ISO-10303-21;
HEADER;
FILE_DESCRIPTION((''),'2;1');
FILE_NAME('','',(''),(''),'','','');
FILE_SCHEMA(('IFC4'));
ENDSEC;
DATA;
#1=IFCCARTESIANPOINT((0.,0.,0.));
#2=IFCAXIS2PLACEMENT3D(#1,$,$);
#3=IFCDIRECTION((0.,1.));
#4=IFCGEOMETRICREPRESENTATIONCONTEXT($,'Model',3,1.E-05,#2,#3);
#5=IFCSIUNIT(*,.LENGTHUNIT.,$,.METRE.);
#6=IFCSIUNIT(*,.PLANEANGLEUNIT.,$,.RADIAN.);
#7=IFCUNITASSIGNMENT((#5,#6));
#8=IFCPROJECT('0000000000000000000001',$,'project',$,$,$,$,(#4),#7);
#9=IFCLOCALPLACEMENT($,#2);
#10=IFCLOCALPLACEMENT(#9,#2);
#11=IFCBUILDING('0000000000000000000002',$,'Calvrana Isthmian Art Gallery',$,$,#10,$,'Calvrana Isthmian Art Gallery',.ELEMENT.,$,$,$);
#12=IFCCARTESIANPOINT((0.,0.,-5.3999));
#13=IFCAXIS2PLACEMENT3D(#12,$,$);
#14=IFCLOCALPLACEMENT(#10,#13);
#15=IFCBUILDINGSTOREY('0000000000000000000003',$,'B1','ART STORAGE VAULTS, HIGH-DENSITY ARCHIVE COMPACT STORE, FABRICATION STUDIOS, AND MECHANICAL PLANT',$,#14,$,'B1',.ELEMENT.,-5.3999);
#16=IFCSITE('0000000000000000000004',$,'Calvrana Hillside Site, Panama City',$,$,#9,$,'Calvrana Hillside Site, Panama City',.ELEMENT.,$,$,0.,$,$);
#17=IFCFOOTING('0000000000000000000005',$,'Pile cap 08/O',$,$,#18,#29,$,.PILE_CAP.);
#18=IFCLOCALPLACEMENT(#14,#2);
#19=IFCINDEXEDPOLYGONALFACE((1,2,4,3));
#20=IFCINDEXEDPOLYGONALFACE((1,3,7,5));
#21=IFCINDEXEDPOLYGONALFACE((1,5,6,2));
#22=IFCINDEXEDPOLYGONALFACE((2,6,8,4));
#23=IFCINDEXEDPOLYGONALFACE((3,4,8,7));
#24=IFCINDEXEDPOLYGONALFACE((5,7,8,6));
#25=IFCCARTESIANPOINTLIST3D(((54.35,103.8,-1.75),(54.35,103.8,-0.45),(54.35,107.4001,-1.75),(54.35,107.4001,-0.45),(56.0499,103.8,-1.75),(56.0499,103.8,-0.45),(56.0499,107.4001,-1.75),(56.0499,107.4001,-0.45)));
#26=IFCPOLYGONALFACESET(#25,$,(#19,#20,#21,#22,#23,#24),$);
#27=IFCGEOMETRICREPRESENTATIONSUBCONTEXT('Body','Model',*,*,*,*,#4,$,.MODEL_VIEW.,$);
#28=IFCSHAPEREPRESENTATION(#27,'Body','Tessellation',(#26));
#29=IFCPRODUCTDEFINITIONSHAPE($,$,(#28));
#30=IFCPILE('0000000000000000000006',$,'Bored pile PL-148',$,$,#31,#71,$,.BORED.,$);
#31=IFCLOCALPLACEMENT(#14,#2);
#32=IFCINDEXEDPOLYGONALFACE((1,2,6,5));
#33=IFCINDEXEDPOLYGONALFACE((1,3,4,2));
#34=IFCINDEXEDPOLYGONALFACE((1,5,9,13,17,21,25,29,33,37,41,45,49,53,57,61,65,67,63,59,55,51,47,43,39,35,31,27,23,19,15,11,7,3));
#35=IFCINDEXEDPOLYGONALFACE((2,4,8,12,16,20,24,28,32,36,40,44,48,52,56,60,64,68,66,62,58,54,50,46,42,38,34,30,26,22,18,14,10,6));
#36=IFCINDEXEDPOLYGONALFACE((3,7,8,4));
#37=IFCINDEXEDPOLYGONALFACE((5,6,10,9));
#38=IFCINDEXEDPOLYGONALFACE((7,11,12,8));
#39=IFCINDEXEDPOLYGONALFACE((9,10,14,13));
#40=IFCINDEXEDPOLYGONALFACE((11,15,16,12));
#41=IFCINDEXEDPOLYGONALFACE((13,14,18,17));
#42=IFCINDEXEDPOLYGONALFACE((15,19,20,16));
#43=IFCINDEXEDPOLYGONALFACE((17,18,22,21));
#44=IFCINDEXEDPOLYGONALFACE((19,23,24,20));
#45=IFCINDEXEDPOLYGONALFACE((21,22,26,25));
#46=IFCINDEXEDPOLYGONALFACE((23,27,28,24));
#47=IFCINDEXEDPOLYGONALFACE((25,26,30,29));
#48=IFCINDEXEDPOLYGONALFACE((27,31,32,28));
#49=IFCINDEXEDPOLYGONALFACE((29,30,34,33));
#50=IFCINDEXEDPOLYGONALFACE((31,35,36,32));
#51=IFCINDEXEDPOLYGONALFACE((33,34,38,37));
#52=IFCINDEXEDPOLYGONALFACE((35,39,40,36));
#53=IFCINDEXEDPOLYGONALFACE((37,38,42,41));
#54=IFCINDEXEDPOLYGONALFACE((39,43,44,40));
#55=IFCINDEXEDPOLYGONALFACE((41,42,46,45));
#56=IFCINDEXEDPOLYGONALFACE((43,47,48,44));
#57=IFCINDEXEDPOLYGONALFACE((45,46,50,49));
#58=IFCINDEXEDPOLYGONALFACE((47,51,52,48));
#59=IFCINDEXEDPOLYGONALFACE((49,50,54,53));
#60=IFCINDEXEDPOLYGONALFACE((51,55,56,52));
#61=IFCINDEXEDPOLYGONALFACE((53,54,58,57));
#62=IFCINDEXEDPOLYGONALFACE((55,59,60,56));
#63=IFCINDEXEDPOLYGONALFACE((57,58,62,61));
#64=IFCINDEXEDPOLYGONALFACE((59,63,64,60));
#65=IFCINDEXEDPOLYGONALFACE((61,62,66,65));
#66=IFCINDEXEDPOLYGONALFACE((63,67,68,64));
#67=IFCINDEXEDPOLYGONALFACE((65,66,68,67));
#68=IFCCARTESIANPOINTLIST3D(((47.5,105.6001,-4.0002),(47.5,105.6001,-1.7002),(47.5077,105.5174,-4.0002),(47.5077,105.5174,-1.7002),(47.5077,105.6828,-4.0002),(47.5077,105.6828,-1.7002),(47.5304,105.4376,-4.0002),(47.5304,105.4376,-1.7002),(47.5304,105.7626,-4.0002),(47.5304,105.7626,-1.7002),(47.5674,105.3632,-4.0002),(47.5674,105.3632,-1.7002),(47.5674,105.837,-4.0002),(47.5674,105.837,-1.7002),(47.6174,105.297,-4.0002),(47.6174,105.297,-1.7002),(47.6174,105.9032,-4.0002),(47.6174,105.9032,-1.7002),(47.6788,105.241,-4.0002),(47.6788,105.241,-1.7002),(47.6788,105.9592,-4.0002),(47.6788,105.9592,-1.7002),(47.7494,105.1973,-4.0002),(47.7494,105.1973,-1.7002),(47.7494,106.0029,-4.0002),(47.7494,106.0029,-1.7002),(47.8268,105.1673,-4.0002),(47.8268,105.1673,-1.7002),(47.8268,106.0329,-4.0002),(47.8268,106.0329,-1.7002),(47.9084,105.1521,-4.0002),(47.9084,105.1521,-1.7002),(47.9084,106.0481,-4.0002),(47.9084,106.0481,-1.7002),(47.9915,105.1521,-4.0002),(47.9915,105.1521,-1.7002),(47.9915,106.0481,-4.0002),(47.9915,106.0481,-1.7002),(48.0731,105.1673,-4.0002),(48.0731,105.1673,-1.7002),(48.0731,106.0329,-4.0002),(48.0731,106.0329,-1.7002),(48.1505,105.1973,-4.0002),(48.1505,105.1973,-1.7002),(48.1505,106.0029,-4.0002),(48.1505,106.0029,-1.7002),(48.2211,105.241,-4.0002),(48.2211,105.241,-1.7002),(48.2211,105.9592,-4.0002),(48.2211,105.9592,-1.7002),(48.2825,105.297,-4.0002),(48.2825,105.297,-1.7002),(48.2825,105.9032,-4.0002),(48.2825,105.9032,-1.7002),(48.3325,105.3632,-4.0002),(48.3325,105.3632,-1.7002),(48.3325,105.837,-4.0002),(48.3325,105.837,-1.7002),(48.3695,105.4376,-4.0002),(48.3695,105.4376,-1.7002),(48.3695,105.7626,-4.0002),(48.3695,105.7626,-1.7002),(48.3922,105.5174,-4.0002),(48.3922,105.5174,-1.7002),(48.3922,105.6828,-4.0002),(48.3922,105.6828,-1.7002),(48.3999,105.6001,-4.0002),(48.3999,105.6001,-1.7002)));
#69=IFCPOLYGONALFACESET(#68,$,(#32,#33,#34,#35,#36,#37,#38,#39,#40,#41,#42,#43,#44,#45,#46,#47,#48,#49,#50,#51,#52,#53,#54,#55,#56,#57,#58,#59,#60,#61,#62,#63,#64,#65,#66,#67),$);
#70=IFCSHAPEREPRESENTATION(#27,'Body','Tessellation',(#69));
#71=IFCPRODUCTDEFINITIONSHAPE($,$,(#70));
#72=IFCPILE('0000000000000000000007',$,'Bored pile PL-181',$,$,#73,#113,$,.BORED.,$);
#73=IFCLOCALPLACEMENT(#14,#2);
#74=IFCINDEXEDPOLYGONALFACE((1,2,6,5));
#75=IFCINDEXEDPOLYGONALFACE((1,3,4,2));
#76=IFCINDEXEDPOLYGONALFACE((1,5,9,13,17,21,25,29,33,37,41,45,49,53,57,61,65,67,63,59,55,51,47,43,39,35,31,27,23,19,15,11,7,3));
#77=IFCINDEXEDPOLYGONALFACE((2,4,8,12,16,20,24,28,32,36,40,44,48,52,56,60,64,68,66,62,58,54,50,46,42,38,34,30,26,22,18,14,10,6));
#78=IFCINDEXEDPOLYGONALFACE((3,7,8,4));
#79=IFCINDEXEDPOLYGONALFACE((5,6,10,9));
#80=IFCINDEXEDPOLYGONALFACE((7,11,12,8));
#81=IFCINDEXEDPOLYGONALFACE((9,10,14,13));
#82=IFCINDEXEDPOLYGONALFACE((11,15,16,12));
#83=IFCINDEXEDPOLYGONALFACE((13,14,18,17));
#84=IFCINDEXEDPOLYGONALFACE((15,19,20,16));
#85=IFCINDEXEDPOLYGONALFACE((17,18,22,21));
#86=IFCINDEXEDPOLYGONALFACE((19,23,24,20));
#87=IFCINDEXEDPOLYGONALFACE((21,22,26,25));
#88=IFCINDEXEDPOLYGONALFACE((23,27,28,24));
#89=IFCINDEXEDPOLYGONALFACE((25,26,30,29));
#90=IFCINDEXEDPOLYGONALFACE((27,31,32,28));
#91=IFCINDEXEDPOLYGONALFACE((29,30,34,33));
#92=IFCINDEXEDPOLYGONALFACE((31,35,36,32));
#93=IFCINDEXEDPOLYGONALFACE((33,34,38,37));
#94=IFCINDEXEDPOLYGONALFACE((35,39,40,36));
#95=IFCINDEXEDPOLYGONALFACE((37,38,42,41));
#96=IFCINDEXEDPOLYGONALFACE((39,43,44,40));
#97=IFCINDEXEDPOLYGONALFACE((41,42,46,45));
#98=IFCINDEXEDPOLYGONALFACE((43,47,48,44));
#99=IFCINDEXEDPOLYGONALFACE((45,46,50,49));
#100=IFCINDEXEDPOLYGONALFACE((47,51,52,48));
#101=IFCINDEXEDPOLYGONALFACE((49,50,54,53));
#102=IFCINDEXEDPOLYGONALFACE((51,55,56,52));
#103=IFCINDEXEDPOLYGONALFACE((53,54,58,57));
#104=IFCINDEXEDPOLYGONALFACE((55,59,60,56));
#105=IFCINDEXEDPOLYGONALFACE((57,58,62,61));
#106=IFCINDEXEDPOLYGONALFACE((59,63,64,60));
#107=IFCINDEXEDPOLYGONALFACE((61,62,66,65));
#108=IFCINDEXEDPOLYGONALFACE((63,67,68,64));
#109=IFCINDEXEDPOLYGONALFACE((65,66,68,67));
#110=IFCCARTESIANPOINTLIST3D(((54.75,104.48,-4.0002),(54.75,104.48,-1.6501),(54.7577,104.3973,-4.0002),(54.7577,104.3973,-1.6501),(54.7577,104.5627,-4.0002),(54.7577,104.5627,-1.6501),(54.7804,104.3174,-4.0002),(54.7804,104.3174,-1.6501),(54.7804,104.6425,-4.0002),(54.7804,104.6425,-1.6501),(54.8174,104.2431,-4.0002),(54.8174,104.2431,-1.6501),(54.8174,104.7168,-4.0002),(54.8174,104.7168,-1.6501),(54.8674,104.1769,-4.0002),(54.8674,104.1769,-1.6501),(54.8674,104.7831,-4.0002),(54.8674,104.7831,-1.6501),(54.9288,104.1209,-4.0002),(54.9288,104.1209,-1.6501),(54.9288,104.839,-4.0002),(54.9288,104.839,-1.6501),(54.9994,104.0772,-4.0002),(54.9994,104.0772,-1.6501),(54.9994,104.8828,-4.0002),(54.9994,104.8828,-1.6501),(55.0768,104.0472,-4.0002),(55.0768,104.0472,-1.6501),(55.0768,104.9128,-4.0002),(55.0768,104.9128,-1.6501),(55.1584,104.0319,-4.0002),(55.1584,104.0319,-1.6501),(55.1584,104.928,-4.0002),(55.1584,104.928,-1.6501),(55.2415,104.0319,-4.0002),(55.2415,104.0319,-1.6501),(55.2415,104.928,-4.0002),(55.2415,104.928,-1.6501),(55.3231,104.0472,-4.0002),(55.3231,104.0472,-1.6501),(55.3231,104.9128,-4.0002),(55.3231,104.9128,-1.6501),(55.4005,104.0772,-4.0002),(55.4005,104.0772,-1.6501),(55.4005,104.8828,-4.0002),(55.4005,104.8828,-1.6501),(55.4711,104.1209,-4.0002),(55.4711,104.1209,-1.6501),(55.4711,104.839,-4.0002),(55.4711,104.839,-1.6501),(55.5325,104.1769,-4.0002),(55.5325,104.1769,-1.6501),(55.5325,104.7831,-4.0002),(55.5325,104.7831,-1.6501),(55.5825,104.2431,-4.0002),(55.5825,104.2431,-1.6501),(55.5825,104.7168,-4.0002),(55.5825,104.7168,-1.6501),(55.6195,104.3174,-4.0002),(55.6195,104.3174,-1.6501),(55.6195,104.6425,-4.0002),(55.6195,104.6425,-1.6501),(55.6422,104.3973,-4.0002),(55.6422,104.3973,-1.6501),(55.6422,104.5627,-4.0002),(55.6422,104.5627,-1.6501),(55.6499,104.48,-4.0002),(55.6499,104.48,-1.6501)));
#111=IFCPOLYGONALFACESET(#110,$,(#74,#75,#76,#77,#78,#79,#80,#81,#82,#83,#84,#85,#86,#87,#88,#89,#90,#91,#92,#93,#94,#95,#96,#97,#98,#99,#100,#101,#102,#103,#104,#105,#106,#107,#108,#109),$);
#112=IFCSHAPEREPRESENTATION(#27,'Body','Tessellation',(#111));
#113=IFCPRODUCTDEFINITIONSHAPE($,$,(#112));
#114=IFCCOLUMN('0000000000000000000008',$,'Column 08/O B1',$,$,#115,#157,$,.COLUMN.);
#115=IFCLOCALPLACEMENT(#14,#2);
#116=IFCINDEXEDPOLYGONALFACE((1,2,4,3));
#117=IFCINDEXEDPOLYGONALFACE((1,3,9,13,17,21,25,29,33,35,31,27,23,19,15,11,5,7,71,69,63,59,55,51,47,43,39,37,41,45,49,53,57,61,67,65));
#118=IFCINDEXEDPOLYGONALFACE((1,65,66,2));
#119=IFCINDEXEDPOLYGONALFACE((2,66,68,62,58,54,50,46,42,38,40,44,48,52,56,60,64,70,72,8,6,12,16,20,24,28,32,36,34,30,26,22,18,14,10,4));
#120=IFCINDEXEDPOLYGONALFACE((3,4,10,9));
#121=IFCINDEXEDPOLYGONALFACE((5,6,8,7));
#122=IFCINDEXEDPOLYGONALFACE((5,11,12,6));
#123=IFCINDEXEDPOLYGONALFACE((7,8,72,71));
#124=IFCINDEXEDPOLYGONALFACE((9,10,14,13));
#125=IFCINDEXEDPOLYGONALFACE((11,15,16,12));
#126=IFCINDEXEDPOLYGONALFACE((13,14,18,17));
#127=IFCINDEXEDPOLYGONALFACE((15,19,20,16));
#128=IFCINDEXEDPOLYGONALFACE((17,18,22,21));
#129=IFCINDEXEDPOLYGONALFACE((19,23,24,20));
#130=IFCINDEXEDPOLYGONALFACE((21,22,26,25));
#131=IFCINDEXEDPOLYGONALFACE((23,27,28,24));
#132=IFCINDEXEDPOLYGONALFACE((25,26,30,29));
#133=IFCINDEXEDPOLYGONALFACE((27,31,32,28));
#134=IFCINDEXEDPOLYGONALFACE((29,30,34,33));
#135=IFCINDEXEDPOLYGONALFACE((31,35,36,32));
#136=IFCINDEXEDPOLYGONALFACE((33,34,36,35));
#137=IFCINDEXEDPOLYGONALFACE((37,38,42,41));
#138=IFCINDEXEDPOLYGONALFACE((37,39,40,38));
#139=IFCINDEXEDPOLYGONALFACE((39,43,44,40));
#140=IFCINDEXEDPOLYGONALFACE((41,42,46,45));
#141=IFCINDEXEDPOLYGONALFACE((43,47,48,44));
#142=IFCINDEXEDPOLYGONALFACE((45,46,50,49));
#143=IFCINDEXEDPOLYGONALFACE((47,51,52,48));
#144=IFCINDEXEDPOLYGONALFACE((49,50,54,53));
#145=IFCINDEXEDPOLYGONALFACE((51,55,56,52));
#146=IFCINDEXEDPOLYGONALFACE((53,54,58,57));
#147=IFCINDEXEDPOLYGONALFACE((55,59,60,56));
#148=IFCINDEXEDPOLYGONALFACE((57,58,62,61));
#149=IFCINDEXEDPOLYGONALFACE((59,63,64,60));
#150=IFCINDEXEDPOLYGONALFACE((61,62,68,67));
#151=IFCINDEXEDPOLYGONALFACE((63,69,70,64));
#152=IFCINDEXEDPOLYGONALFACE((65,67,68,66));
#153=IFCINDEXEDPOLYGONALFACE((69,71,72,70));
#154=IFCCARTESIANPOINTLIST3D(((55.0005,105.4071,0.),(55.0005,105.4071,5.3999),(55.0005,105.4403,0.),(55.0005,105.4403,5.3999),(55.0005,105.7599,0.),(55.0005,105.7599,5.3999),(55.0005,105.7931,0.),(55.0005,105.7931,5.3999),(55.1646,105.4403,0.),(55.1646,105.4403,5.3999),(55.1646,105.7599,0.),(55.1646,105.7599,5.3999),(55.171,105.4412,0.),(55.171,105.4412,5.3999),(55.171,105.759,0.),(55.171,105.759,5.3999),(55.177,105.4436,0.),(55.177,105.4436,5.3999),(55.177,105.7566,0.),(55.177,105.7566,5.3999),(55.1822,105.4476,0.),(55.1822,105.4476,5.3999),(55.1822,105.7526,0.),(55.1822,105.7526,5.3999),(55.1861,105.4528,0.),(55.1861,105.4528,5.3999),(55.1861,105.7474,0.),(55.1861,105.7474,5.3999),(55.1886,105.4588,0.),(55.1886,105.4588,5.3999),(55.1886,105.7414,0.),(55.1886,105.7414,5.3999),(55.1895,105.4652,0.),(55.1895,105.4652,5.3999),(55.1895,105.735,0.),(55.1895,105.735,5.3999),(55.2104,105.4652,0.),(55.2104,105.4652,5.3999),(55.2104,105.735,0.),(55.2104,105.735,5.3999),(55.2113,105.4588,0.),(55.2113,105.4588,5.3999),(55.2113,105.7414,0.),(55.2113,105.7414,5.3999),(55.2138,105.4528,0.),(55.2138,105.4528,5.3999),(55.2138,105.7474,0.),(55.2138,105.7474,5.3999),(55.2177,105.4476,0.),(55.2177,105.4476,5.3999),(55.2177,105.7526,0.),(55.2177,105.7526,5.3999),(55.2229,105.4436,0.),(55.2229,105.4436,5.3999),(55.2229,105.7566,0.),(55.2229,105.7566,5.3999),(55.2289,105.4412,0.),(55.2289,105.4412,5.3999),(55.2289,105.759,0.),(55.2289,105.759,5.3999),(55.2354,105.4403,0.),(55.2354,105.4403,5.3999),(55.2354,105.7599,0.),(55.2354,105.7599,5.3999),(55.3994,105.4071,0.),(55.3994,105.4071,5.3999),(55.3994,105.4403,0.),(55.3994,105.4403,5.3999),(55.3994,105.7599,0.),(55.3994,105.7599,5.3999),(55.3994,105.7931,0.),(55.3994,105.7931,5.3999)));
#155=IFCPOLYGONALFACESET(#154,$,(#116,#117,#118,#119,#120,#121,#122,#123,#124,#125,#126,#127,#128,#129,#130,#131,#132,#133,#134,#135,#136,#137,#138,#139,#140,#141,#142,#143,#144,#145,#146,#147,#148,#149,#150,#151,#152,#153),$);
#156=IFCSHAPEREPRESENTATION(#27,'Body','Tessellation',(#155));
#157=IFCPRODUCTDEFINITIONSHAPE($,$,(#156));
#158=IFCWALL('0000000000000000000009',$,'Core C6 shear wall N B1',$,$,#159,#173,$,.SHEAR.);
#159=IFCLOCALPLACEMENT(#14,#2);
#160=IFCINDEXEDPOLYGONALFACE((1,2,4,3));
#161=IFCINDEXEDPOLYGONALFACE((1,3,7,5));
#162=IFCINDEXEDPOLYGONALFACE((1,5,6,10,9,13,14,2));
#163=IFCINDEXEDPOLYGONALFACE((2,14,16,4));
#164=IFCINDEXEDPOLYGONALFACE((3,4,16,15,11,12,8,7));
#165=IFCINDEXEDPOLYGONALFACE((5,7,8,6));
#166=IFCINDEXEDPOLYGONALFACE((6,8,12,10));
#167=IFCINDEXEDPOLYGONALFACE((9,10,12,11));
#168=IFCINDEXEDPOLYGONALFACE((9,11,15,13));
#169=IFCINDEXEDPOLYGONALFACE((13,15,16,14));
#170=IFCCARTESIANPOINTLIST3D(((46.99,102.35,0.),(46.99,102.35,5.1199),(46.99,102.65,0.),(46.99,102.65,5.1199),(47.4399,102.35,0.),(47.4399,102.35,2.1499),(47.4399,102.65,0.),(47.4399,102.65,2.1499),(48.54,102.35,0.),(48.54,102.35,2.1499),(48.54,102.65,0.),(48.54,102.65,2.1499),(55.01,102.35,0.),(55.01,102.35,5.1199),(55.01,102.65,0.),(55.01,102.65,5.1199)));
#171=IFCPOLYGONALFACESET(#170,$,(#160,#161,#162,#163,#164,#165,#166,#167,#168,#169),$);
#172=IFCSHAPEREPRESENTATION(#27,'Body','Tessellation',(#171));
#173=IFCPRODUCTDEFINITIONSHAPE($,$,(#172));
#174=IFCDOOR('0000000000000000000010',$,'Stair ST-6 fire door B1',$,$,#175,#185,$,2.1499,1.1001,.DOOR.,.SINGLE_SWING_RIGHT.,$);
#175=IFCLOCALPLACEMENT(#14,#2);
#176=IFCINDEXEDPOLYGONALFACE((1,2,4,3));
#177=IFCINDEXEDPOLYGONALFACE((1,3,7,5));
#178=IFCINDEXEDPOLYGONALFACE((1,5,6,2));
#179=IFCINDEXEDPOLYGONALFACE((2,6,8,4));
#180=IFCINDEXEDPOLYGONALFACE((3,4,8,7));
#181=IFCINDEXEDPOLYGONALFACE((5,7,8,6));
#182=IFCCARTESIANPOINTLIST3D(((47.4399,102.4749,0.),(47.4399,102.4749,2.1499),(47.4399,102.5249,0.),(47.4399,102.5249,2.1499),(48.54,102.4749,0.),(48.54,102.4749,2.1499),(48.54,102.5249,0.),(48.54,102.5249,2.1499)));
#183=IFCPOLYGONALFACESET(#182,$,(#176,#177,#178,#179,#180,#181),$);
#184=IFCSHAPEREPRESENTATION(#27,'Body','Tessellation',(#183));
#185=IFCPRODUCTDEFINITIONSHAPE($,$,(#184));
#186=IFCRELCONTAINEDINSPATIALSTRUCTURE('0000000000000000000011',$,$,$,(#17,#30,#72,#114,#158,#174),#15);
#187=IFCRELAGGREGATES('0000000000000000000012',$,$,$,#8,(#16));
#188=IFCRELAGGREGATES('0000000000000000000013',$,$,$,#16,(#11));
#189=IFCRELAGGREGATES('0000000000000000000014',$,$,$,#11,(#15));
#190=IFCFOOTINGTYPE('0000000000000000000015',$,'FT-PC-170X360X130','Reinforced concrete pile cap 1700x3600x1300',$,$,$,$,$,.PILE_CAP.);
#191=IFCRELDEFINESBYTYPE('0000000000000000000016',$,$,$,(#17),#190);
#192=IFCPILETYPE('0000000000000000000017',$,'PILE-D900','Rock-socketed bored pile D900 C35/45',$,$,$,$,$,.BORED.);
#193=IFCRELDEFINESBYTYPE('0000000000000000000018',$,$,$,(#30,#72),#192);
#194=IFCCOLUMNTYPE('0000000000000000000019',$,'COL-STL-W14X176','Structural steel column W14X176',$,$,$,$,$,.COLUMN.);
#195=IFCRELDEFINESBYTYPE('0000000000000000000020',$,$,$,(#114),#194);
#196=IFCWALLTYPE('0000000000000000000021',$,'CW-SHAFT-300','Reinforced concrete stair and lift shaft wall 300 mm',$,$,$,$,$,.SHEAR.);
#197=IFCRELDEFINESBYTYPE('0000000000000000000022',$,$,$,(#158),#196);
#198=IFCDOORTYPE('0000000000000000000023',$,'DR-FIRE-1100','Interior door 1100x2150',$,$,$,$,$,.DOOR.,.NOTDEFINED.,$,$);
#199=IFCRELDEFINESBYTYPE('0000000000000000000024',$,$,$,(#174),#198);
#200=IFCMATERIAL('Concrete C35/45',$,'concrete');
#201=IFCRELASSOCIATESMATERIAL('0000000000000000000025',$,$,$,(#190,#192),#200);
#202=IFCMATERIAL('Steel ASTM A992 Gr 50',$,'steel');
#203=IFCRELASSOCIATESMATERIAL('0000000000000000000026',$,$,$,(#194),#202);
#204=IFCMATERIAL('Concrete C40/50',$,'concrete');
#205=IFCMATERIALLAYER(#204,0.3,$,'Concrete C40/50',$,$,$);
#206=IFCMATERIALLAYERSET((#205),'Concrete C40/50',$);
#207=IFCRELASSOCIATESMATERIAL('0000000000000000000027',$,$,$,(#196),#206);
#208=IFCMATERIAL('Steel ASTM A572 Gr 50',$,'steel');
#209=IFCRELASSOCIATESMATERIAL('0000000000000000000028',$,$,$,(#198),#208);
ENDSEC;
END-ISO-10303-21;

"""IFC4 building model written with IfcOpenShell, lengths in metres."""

from ifc_helpers import new_model, si_unit, direction, frame, frame_2d, origin, origin_2d, place, context, subcontext, project, spatial, rectangle, circle, i_section, extrude, material, layer, layer_set, material_profile, profile_set, type_object, element, fill, save


model = new_model("IFC4")

# Units and contexts
model_context = context("Model", 3, precision=1e-05, world=origin(), true_north=direction((0.0, 1.0)))
body_context = subcontext(model_context, "Body", "Model", "MODEL_VIEW")
ifc_project = project(units=[si_unit("LENGTHUNIT", "METRE"), si_unit("PLANEANGLEUNIT", "RADIAN")], contexts=[model_context])

# Site, building, storey
site_placement = place(None, origin())
site = spatial("IfcSite", under=ifc_project, at=site_placement, Name="Calvrana Hillside Site, Panama City", LongName="Calvrana Hillside Site, Panama City", CompositionType="ELEMENT", RefElevation=0.0)
building_placement = place(site_placement, origin())
building = spatial("IfcBuilding", under=site, at=building_placement, Name="Calvrana Isthmian Art Gallery", LongName="Calvrana Isthmian Art Gallery", CompositionType="ELEMENT")
storey_placement = place(building_placement, frame((0.0, 0.0, -5.3999)))
storey = spatial("IfcBuildingStorey", under=building, at=storey_placement, Name="B1", Description="ART STORAGE VAULTS, HIGH-DENSITY ARCHIVE COMPACT STORE, FABRICATION STUDIOS, AND MECHANICAL PLANT", LongName="B1", CompositionType="ELEMENT", Elevation=-5.3999)

# Footing
ifc_material_1 = material(Name="Concrete C35/45", Category="concrete")
footing_type = type_object("IfcFootingType", Name="FT-PC-170X360X130", Description="Reinforced concrete pile cap 1700x3600x1300", PredefinedType="PILE_CAP", material=ifc_material_1)
footing_placement = place(storey_placement, frame((55.2, 105.6001, -1.75), z_axis=(0.0, 0.0, 1.0), x_axis=(1.0, 0.0, 0.0)))
element("IfcFooting", 1, at=footing_placement, inside=storey, type_object=footing_type, Name="Pile cap 08/O", PredefinedType="PILE_CAP", context=body_context, shape_type="SweptSolid", body=[
    extrude(rectangle(XDim=1.7, YDim=3.6001, at=origin_2d()), origin(), (0.0, 0.0, 1.0), 1.3),
])

# Piles
ifc_material_profile_1 = material_profile(ifc_material_1, circle(Radius=0.45, at=origin_2d()), Name="PILE900D")
ifc_profile_set_1 = profile_set([ifc_material_profile_1], Name="Concrete C35/45")
pile_type = type_object("IfcPileType", Name="PILE-D900", Description="Rock-socketed bored pile D900 C35/45", PredefinedType="BORED", material=ifc_profile_set_1)
pile_1_placement = place(storey_placement, frame((47.95, 105.6001, -1.7002), z_axis=(0.0, 0.0, -1.0), x_axis=(1.0, 0.0, 0.0)))
element("IfcPile", 2, at=pile_1_placement, inside=storey, type_object=pile_type, Name="Bored pile PL-148", PredefinedType="BORED", context=body_context, shape_type="SweptSolid", body=[
    extrude(circle(Radius=0.45, at=origin_2d()), origin(), (0.0, 0.0, 1.0), 2.3),
])
pile_2_placement = place(storey_placement, frame((55.2, 104.48, -1.6501), z_axis=(0.0, 0.0, -1.0), x_axis=(1.0, 0.0, 0.0)))
element("IfcPile", 3, at=pile_2_placement, inside=storey, type_object=pile_type, Name="Bored pile PL-181", PredefinedType="BORED", context=body_context, shape_type="SweptSolid", body=[
    extrude(circle(Radius=0.45, at=origin_2d()), origin(), (0.0, 0.0, 1.0), 2.3501),
])

# Column
ifc_material_2 = material(Name="Steel ASTM A992 Gr 50", Category="steel")
ifc_material_profile_2 = material_profile(ifc_material_2, i_section(OverallWidth=0.3989, OverallDepth=0.386, WebThickness=0.021, FlangeThickness=0.0332, FilletRadius=0.0249, at=origin_2d()), Name="W14X176")
ifc_profile_set_2 = profile_set([ifc_material_profile_2], Name="Steel ASTM A992 Gr 50")
column_type = type_object("IfcColumnType", Name="COL-STL-W14X176", Description="Structural steel column W14X176", PredefinedType="COLUMN", material=ifc_profile_set_2)
column_placement = place(storey_placement, frame((55.2, 105.6001, 0.0), z_axis=(0.0, 0.0, 1.0), x_axis=(1.0, 0.0, 0.0)))
element("IfcColumn", 4, at=column_placement, inside=storey, type_object=column_type, Name="Column 08/O B1", PredefinedType="COLUMN", context=body_context, shape_type="SweptSolid", body=[
    extrude(i_section(OverallWidth=0.3989, OverallDepth=0.386, WebThickness=0.021, FlangeThickness=0.0332, FilletRadius=0.0249, at=origin_2d()), origin(), (0.0, 0.0, 1.0), 5.3999),
])

# Wall, opening, door
ifc_material_3 = material(Name="Concrete C40/50", Category="concrete")
ifc_layer_1 = layer(ifc_material_3, 0.3, Name="Concrete C40/50")
ifc_layer_set_1 = layer_set([ifc_layer_1], Name="Concrete C40/50")
wall_type_1 = type_object("IfcWallType", Name="CW-SHAFT-300", Description="Reinforced concrete stair and lift shaft wall 300 mm", PredefinedType="SHEAR", material=ifc_layer_set_1)
wall_1_placement = place(storey_placement, frame((46.99, 102.5, 0.0), z_axis=(0.0, 0.0, 1.0), x_axis=(1.0, 0.0, 0.0)))
wall_1 = element("IfcWall", 5, at=wall_1_placement, inside=storey, type_object=wall_type_1, Name="Core C6 shear wall N B1", PredefinedType="SHEAR", context=body_context, shape_type="SweptSolid", body=[
    extrude(rectangle(XDim=8.02, YDim=0.3, at=frame_2d((4.01, 0.0))), origin(), (0.0, 0.0, 1.0), 5.1199),
])
opening_1_placement = place(wall_1_placement, frame((0.45, 0.0, 0.0)))
opening_1 = element("IfcOpeningElement", 6, at=opening_1_placement, cuts=wall_1, PredefinedType="OPENING", context=body_context, shape_type="SweptSolid", body=[
    extrude(rectangle(XDim=1.1001, YDim=2.1499, at=frame_2d((0.55, 1.075))), frame((0.0, 0.1602, 0.0), z_axis=(0.0, -1.0, 0.0), x_axis=(1.0, 0.0, 0.0)), (0.0, 0.0, 1.0), 0.3206),
])
ifc_material_4 = material(Name="Steel ASTM A572 Gr 50", Category="steel")
door_type_1 = type_object("IfcDoorType", Name="DR-FIRE-1100", Description="Interior door 1100x2150", OperationType="NOTDEFINED", PredefinedType="DOOR", material=ifc_material_4)
door_1_placement = place(opening_1_placement, origin())
door_1 = element("IfcDoor", 7, at=door_1_placement, inside=storey, type_object=door_type_1, Name="Stair ST-6 fire door B1", OperationType="SINGLE_SWING_RIGHT", OverallHeight=2.1499, OverallWidth=1.1001, PredefinedType="DOOR", context=body_context, shape_type="SweptSolid", body=[
    extrude(rectangle(XDim=1.1001, YDim=2.1499, at=frame_2d((0.55, 1.075))), frame((0.0, 0.0249, 0.0), z_axis=(0.0, -1.0, 0.0), x_axis=(1.0, 0.0, 0.0)), (0.0, 0.0, 1.0), 0.05),
])
fill(opening_1, door_1)

save(model, "model.ifc")
